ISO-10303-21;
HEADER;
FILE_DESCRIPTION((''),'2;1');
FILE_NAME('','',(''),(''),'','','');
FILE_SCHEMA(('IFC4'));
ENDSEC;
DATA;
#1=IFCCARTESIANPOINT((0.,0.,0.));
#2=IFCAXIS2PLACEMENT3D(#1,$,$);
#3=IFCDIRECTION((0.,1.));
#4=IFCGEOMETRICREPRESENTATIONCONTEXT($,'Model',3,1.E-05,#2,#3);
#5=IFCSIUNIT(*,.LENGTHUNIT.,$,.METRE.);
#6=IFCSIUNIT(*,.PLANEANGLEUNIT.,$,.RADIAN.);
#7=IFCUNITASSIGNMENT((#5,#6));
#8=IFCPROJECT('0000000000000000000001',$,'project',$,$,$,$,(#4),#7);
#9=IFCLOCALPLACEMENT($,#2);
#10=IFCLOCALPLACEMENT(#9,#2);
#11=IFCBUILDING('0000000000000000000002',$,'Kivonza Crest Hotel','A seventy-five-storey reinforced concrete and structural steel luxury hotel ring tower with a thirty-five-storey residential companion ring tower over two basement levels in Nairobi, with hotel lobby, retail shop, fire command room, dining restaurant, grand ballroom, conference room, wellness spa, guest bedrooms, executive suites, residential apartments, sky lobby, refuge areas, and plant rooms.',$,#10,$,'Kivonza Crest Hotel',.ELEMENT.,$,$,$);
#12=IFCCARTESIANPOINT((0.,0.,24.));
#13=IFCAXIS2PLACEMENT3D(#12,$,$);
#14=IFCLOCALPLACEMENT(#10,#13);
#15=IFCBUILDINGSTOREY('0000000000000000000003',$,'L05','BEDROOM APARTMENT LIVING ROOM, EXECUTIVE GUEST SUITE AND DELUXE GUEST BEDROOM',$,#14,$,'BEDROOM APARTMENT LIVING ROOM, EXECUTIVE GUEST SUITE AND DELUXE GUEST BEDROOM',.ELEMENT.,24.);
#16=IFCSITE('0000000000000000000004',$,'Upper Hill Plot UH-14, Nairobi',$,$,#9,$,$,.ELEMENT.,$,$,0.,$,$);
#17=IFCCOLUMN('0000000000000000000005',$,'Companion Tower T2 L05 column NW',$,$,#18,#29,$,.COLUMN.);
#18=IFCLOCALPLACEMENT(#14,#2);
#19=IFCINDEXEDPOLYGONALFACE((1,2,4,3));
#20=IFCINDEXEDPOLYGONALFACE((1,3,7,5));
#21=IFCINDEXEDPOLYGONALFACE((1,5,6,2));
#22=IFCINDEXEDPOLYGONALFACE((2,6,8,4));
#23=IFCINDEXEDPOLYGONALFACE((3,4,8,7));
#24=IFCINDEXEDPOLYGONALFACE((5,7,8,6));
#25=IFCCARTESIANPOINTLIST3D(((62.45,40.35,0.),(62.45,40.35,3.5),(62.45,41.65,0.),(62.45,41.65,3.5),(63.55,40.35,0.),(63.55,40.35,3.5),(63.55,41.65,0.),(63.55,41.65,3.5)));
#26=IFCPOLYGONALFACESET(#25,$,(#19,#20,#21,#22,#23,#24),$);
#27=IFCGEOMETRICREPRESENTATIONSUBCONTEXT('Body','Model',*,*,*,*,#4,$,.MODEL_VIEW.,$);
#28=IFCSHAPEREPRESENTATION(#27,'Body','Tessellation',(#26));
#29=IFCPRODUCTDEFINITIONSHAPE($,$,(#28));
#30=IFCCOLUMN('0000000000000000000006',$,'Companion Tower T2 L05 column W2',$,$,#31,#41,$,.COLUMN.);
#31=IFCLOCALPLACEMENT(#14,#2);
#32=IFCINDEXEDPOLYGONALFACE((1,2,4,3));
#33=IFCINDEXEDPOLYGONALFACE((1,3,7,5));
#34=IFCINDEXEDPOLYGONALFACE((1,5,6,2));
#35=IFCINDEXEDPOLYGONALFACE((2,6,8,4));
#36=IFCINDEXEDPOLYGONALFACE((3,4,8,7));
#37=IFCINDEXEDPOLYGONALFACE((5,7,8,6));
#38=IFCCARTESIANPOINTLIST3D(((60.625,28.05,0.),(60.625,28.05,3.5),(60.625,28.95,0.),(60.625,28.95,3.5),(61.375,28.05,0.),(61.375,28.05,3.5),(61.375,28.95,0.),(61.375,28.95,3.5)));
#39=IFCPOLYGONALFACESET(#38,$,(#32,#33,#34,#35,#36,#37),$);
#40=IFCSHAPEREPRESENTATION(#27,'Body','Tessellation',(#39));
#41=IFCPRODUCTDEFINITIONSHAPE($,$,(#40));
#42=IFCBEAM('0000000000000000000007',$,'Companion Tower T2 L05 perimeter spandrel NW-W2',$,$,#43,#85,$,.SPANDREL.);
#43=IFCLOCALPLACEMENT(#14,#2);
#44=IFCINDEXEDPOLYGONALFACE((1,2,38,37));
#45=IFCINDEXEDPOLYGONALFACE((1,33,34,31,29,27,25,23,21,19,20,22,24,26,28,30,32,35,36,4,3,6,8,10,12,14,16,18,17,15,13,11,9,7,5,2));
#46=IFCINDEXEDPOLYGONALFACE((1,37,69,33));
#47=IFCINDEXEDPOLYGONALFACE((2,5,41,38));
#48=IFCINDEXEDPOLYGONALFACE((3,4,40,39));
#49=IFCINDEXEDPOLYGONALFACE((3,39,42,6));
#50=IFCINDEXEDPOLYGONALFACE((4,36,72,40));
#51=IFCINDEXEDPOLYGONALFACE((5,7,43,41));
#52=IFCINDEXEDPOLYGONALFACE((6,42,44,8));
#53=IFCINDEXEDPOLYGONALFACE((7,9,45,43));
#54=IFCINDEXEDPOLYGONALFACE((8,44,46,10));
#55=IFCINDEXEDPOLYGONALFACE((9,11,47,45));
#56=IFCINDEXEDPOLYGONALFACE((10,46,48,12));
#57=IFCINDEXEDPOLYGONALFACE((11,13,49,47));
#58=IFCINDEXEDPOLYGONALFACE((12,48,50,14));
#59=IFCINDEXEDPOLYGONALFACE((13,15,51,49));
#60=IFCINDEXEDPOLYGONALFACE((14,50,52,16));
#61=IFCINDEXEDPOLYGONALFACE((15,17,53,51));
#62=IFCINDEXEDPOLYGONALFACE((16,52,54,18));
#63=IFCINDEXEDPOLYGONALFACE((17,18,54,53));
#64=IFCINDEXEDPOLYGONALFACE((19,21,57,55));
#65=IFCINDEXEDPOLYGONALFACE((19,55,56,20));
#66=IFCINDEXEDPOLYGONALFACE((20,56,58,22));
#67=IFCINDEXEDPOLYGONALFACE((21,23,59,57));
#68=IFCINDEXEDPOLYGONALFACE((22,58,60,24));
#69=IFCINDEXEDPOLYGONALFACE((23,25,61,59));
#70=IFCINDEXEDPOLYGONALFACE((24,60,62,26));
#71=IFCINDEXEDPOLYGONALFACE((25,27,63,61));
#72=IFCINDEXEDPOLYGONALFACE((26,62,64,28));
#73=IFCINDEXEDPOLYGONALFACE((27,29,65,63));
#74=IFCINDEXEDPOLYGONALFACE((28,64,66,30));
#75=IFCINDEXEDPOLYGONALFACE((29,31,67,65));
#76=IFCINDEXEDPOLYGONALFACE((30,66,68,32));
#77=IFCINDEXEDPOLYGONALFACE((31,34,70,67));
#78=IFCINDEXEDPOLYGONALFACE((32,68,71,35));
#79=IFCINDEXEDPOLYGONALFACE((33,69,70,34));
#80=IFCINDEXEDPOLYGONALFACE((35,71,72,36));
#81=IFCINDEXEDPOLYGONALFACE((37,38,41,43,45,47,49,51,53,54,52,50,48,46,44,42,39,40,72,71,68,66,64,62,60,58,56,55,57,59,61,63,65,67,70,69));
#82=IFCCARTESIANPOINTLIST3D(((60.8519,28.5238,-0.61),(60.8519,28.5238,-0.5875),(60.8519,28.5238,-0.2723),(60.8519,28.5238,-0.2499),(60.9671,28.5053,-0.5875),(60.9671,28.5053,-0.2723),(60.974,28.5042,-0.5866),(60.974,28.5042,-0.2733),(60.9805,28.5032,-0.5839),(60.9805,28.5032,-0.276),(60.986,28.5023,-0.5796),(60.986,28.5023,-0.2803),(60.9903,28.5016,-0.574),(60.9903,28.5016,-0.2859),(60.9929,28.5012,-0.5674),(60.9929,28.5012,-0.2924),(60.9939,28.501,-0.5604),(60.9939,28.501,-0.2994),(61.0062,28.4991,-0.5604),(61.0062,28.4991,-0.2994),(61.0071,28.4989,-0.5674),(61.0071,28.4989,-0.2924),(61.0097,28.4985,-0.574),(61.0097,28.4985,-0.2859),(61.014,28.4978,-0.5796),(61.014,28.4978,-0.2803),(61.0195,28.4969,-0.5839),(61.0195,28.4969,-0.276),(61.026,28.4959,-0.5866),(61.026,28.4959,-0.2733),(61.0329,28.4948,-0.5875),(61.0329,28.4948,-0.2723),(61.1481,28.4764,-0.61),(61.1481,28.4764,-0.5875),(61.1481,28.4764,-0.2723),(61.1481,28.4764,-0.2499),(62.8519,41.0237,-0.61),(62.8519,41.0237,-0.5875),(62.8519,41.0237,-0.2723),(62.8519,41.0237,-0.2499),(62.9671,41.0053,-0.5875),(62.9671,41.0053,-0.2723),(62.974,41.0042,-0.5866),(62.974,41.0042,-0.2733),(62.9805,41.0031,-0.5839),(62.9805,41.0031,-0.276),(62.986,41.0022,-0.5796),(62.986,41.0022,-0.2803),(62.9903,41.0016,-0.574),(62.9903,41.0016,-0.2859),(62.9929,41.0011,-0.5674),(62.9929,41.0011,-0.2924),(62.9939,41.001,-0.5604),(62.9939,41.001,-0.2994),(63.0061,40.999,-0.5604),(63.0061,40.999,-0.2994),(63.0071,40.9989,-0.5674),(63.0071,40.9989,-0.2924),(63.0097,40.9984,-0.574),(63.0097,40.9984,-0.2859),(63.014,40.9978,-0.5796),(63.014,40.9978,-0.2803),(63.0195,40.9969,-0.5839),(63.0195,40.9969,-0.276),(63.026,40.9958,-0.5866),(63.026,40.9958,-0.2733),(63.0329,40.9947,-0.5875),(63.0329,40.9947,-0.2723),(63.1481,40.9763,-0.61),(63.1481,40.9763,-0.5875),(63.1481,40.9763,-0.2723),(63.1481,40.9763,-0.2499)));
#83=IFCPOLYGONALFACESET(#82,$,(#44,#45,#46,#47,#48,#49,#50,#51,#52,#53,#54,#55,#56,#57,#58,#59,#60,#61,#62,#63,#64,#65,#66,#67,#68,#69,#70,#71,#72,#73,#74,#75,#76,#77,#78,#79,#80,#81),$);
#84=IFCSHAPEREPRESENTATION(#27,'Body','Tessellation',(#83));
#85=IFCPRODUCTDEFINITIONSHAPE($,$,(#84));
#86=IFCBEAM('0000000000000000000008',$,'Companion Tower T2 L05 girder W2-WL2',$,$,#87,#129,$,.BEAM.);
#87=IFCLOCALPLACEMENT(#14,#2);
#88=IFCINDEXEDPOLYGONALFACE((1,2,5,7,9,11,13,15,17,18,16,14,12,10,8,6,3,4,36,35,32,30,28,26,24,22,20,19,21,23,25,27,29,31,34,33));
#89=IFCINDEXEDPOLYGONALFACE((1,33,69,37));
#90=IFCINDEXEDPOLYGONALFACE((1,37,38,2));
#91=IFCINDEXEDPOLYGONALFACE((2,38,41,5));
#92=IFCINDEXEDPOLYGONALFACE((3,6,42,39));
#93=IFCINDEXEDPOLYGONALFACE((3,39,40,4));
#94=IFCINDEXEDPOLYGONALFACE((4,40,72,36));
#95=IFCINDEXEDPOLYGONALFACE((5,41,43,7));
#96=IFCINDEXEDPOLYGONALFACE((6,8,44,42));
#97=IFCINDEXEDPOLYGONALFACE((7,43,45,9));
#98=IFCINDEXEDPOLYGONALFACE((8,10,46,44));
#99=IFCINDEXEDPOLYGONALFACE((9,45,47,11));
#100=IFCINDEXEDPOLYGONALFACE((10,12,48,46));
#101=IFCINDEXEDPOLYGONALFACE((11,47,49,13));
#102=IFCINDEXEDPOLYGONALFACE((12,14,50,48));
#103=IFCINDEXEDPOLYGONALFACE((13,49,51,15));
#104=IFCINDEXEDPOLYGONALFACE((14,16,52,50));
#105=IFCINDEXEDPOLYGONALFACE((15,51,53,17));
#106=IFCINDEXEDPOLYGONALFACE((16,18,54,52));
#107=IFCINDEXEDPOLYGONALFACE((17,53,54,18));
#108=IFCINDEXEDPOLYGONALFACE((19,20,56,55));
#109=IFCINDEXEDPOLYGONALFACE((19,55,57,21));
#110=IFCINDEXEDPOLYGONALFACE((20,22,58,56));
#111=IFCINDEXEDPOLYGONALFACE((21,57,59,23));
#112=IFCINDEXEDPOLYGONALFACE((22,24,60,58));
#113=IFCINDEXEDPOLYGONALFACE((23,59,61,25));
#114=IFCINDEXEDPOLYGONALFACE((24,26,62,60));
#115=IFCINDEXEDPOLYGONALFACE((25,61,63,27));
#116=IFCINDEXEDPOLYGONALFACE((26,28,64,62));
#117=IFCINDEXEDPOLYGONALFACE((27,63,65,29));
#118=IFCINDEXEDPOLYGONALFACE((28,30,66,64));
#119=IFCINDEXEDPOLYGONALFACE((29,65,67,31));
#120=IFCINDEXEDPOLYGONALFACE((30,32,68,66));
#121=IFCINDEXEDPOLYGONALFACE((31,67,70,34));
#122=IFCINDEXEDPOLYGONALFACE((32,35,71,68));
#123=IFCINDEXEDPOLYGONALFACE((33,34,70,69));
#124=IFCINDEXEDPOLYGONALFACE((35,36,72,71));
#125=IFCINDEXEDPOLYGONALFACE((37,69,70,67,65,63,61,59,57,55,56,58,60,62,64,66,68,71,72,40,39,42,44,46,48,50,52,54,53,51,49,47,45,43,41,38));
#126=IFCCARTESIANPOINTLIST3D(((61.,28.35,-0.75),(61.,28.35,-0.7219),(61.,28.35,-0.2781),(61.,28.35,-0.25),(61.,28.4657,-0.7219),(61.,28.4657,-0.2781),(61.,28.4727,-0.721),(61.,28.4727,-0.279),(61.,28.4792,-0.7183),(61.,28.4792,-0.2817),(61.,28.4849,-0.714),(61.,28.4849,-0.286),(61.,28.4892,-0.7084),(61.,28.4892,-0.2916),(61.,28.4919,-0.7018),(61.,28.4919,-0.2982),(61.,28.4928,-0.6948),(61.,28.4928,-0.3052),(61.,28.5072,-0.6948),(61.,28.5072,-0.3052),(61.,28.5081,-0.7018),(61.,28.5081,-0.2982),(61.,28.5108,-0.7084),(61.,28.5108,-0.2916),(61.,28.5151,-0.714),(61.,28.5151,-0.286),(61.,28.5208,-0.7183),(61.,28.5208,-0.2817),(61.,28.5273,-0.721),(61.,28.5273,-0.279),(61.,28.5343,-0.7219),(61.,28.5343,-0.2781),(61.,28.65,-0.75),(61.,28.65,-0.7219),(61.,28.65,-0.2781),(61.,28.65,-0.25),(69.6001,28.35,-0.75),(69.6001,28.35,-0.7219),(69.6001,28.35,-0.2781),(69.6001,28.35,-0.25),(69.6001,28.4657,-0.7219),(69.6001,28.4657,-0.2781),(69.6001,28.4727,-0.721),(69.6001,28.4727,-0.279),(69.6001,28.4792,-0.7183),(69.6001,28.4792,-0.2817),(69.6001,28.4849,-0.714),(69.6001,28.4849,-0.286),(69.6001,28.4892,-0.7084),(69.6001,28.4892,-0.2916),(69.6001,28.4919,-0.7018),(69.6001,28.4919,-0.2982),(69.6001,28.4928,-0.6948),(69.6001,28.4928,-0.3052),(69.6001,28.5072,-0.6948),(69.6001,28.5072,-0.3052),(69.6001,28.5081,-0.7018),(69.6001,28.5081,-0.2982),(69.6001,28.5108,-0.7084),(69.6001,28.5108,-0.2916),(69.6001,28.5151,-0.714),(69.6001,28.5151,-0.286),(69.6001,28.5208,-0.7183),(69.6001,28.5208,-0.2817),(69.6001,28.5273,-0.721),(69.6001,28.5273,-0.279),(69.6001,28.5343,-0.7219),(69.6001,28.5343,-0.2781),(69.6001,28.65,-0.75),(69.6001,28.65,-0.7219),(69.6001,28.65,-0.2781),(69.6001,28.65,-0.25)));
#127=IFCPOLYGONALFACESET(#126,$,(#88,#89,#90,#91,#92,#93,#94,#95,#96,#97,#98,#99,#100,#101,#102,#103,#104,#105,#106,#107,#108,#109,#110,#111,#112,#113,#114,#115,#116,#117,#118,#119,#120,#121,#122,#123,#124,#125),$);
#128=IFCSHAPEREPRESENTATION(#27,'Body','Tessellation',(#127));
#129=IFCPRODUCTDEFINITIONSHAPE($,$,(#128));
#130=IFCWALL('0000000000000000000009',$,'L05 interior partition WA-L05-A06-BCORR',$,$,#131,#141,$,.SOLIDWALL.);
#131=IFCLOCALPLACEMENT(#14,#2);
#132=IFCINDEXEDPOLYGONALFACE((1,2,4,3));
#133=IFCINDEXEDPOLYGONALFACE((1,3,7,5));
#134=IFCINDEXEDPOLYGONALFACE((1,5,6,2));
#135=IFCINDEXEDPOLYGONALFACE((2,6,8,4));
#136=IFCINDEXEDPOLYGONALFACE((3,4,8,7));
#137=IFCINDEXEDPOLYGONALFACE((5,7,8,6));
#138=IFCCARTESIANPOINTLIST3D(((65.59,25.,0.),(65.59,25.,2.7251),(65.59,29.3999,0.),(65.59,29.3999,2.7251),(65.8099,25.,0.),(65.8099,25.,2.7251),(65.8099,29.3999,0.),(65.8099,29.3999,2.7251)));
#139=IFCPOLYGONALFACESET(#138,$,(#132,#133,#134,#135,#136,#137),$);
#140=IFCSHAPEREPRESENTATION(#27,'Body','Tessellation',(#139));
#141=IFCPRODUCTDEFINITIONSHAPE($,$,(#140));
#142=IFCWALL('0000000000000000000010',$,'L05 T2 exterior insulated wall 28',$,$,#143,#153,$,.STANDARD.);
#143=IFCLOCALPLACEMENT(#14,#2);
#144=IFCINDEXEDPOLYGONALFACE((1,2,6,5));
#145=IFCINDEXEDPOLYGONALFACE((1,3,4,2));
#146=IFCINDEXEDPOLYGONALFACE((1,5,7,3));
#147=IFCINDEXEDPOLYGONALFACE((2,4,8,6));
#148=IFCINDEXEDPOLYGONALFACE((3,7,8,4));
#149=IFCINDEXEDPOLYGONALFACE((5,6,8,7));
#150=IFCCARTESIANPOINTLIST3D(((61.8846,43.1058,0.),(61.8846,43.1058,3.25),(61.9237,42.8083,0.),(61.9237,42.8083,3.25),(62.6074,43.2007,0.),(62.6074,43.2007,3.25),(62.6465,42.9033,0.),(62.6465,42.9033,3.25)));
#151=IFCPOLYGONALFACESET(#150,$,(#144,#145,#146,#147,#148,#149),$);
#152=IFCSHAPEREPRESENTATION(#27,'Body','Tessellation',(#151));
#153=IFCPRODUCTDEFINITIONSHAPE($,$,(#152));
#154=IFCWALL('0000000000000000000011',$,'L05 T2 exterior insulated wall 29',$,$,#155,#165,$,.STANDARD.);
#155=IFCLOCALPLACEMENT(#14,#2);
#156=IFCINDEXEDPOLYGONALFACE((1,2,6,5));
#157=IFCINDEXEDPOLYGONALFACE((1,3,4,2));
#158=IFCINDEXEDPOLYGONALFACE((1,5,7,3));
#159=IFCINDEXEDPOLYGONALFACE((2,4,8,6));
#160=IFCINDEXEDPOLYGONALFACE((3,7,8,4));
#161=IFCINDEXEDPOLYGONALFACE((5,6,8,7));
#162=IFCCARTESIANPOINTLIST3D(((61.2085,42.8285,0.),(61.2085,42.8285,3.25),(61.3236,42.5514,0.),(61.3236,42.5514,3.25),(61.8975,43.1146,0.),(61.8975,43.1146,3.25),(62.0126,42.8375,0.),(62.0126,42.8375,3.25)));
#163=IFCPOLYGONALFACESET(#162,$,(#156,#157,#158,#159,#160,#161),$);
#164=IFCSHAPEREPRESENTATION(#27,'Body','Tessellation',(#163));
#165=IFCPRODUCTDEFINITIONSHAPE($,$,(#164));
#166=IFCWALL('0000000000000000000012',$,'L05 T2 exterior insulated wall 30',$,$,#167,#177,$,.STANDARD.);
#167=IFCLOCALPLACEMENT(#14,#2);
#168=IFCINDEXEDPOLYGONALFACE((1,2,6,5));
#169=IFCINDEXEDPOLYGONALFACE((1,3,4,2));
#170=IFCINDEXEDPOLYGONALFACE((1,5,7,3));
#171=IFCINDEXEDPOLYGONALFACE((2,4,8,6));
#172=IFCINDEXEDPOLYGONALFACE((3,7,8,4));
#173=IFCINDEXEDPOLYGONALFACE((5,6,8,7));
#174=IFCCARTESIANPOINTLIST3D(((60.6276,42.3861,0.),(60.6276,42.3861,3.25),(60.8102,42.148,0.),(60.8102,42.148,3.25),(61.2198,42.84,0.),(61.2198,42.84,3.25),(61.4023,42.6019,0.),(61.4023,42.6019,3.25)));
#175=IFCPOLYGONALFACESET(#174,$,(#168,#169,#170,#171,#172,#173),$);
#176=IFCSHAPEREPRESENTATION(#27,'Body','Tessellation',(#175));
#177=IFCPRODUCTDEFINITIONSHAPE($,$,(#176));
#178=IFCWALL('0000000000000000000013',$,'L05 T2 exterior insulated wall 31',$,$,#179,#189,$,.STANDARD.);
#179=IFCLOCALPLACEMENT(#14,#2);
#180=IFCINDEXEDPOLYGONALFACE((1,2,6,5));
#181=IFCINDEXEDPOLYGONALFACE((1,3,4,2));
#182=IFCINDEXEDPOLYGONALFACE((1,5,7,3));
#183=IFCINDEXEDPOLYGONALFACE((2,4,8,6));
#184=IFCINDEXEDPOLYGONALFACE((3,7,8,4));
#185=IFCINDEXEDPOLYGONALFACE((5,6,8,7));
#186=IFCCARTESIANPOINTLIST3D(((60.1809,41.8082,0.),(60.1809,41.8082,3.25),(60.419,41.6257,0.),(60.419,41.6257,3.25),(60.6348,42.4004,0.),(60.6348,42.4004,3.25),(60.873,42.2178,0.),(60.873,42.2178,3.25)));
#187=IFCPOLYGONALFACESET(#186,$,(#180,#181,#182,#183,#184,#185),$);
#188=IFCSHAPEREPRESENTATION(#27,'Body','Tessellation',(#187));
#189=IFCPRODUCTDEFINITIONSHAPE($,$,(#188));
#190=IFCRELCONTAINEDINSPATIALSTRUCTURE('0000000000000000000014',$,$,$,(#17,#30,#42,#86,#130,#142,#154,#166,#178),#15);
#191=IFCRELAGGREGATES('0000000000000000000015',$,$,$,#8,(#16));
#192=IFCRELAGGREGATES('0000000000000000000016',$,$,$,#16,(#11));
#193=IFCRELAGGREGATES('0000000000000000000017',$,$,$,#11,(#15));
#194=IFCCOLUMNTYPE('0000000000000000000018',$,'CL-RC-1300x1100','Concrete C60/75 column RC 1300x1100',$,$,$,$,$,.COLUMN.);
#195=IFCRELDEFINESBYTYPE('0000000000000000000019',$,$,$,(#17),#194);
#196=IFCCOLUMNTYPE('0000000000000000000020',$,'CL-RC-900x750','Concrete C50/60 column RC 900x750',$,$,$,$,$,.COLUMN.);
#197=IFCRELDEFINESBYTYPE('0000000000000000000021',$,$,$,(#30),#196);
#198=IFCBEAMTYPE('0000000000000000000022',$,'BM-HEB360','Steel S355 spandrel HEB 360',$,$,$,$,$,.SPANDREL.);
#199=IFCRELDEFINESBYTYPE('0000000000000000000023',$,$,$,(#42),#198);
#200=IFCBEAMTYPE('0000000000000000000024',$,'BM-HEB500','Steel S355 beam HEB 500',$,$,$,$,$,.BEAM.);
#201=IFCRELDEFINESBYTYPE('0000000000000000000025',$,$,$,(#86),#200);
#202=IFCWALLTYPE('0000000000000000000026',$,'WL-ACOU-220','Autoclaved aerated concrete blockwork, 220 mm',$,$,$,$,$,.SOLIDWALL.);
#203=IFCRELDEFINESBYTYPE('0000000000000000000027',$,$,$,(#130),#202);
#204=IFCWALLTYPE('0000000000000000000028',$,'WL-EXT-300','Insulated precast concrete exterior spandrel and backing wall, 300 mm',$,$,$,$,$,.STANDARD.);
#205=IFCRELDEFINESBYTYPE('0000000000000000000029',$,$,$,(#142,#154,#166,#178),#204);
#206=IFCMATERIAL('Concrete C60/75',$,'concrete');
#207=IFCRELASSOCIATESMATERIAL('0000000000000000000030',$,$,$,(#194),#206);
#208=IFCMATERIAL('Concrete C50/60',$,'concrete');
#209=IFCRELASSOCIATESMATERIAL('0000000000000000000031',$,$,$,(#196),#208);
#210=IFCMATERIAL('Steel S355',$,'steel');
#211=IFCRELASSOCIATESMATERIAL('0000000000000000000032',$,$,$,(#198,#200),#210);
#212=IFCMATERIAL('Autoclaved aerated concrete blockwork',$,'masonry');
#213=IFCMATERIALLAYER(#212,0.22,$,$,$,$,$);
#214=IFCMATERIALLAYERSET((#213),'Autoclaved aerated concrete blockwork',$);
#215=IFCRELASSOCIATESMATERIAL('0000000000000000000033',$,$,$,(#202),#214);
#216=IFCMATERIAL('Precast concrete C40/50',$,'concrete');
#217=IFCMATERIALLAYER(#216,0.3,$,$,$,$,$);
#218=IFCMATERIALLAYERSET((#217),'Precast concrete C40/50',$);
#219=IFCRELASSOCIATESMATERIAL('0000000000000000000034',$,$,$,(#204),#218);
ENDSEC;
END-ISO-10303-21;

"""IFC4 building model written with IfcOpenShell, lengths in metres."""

from ifc_helpers import new_model, si_unit, direction, frame, frame_2d, origin, origin_2d, place, context, subcontext, project, spatial, rectangle, i_section, extrude, material, layer, layer_set, material_profile, profile_set, type_object, element, save


model = new_model("IFC4")

# Units and contexts
model_context = context("Model", 3, precision=1e-05, world=origin(), true_north=direction((0.0, 1.0)))
body_context = subcontext(model_context, "Body", "Model", "MODEL_VIEW")
ifc_project = project(units=[si_unit("LENGTHUNIT", "METRE"), si_unit("PLANEANGLEUNIT", "RADIAN")], contexts=[model_context])

# Site, building, storey
site_placement = place(None, origin())
site = spatial("IfcSite", under=ifc_project, at=site_placement, Name="Upper Hill Plot UH-14, Nairobi", CompositionType="ELEMENT", RefElevation=0.0)
building_placement = place(site_placement, origin())
building = spatial("IfcBuilding", under=site, at=building_placement, Name="Kivonza Crest Hotel", Description="A seventy-five-storey reinforced concrete and structural steel luxury hotel ring tower with a thirty-five-storey residential companion ring tower over two basement levels in Nairobi, with hotel lobby, retail shop, fire command room, dining restaurant, grand ballroom, conference room, wellness spa, guest bedrooms, executive suites, residential apartments, sky lobby, refuge areas, and plant rooms.", LongName="Kivonza Crest Hotel", CompositionType="ELEMENT")
storey_placement = place(building_placement, frame((0.0, 0.0, 24.0)))
storey = spatial("IfcBuildingStorey", under=building, at=storey_placement, Name="L05", Description="BEDROOM APARTMENT LIVING ROOM, EXECUTIVE GUEST SUITE AND DELUXE GUEST BEDROOM", LongName="BEDROOM APARTMENT LIVING ROOM, EXECUTIVE GUEST SUITE AND DELUXE GUEST BEDROOM", CompositionType="ELEMENT", Elevation=24.0)

# Columns
ifc_material_1 = material(Name="Concrete C60/75", Category="concrete")
ifc_material_profile_1 = material_profile(ifc_material_1, rectangle(XDim=1.1001, YDim=1.3, at=origin_2d()), Name="RC 1300x1100")
ifc_profile_set_1 = profile_set([ifc_material_profile_1], Name="Concrete C60/75")
column_type_1 = type_object("IfcColumnType", Name="CL-RC-1300x1100", Description="Concrete C60/75 column RC 1300x1100", PredefinedType="COLUMN", material=ifc_profile_set_1)
column_1_placement = place(storey_placement, frame((63.0, 41.0, 0.0), z_axis=(0.0, 0.0, 1.0), x_axis=(1.0, 0.0, 0.0)))
element("IfcColumn", 1, at=column_1_placement, inside=storey, type_object=column_type_1, Name="Companion Tower T2 L05 column NW", PredefinedType="COLUMN", context=body_context, shape_type="SweptSolid", body=[
    extrude(rectangle(XDim=1.1001, YDim=1.3, at=origin_2d()), origin(), (0.0, 0.0, 1.0), 3.5),
])
ifc_material_2 = material(Name="Concrete C50/60", Category="concrete")
ifc_material_profile_2 = material_profile(ifc_material_2, rectangle(XDim=0.75, YDim=0.8999, at=origin_2d()), Name="RC 900x750")
ifc_profile_set_2 = profile_set([ifc_material_profile_2], Name="Concrete C50/60")
column_type_2 = type_object("IfcColumnType", Name="CL-RC-900x750", Description="Concrete C50/60 column RC 900x750", PredefinedType="COLUMN", material=ifc_profile_set_2)
column_2_placement = place(storey_placement, frame((61.0, 28.5, 0.0), z_axis=(0.0, 0.0, 1.0), x_axis=(1.0, 0.0, 0.0)))
element("IfcColumn", 2, at=column_2_placement, inside=storey, type_object=column_type_2, Name="Companion Tower T2 L05 column W2", PredefinedType="COLUMN", context=body_context, shape_type="SweptSolid", body=[
    extrude(rectangle(XDim=0.75, YDim=0.8999, at=origin_2d()), origin(), (0.0, 0.0, 1.0), 3.5),
])

# Beams
ifc_material_3 = material(Name="Steel S355", Category="steel")
ifc_material_profile_3 = material_profile(ifc_material_3, i_section(OverallWidth=0.3, OverallDepth=0.3601, WebThickness=0.0125, FlangeThickness=0.0225, FilletRadius=0.0271, at=origin_2d()), Name="HEB 360")
ifc_profile_set_3 = profile_set([ifc_material_profile_3], Name="Steel S355")
beam_type_1 = type_object("IfcBeamType", Name="BM-HEB360", Description="Steel S355 spandrel HEB 360", PredefinedType="SPANDREL", material=ifc_profile_set_3)
beam_1_placement = place(storey_placement, frame((63.0, 41.0, -0.4299), z_axis=(-0.157991, -0.987441, 0.0), x_axis=(0.987441, -0.157991, 0.0)))
element("IfcBeam", 3, at=beam_1_placement, inside=storey, type_object=beam_type_1, Name="Companion Tower T2 L05 perimeter spandrel NW-W2", PredefinedType="SPANDREL", context=body_context, shape_type="SweptSolid", body=[
    extrude(i_section(OverallWidth=0.3, OverallDepth=0.3601, WebThickness=0.0125, FlangeThickness=0.0225, FilletRadius=0.0271, at=origin_2d()), origin(), (0.0, 0.0, 1.0), 12.6589),
])
ifc_material_profile_4 = material_profile(ifc_material_3, i_section(OverallWidth=0.3, OverallDepth=0.5, WebThickness=0.0144, FlangeThickness=0.0281, FilletRadius=0.0271, at=origin_2d()), Name="HEB 500")
ifc_profile_set_4 = profile_set([ifc_material_profile_4], Name="Steel S355")
beam_type_2 = type_object("IfcBeamType", Name="BM-HEB500", Description="Steel S355 beam HEB 500", PredefinedType="BEAM", material=ifc_profile_set_4)
beam_2_placement = place(storey_placement, frame((61.0, 28.5, -0.5), z_axis=(1.0, 0.0, 0.0), x_axis=(0.0, 1.0, 0.0)))
element("IfcBeam", 4, at=beam_2_placement, inside=storey, type_object=beam_type_2, Name="Companion Tower T2 L05 girder W2-WL2", PredefinedType="BEAM", context=body_context, shape_type="SweptSolid", body=[
    extrude(i_section(OverallWidth=0.3, OverallDepth=0.5, WebThickness=0.0144, FlangeThickness=0.0281, FilletRadius=0.0271, at=origin_2d()), origin(), (0.0, 0.0, 1.0), 8.6001),
])

# Walls
ifc_material_4 = material(Name="Autoclaved aerated concrete blockwork", Category="masonry")
ifc_layer_1 = layer(ifc_material_4, 0.22)
ifc_layer_set_1 = layer_set([ifc_layer_1], Name="Autoclaved aerated concrete blockwork")
wall_type_1 = type_object("IfcWallType", Name="WL-ACOU-220", Description="Autoclaved aerated concrete blockwork, 220 mm", PredefinedType="SOLIDWALL", material=ifc_layer_set_1)
wall_1_placement = place(storey_placement, frame((65.7, 25.0, 0.0), z_axis=(0.0, 0.0, 1.0), x_axis=(0.0, 1.0, 0.0)))
element("IfcWall", 5, at=wall_1_placement, inside=storey, type_object=wall_type_1, Name="L05 interior partition WA-L05-A06-BCORR", PredefinedType="SOLIDWALL", context=body_context, shape_type="SweptSolid", body=[
    extrude(rectangle(XDim=4.3999, YDim=0.22, at=frame_2d((2.2, 0.0))), origin(), (0.0, 0.0, 1.0), 2.7251),
])
ifc_material_5 = material(Name="Precast concrete C40/50", Category="concrete")
ifc_layer_2 = layer(ifc_material_5, 0.3)
ifc_layer_set_2 = layer_set([ifc_layer_2], Name="Precast concrete C40/50")
wall_type_2 = type_object("IfcWallType", Name="WL-EXT-300", Description="Insulated precast concrete exterior spandrel and backing wall, 300 mm", PredefinedType="STANDARD", material=ifc_layer_set_2)
wall_2_placement = place(storey_placement, frame((62.627, 43.052, 0.0), z_axis=(0.0, 0.0, 1.0), x_axis=(-0.99148, -0.130255, 0.0)))
element("IfcWall", 6, at=wall_2_placement, inside=storey, type_object=wall_type_2, Name="L05 T2 exterior insulated wall 28", PredefinedType="STANDARD", context=body_context, shape_type="SweptSolid", body=[
    extrude(rectangle(XDim=0.729, YDim=0.3, at=frame_2d((0.3645, 0.0))), origin(), (0.0, 0.0, 1.0), 3.25),
])
for number, where, z_axis, x_axis, name in (
    (7, (61.9551, 42.9761, 0.0), (0.0, 0.0, 1.0), (-0.923522, -0.383546, 0.0), "L05 T2 exterior insulated wall 29"),
    (8, (61.311, 42.7209, 0.0), (0.0, 0.0, 1.0), (-0.793633, -0.608397, 0.0), "L05 T2 exterior insulated wall 30"),
    (9, (60.7539, 42.3091, 0.0), (0.0, 0.0, 1.0), (-0.608397, -0.793633, 0.0), "L05 T2 exterior insulated wall 31"),
):
    element("IfcWall", number, at=place(storey_placement, frame(where, z_axis=z_axis, x_axis=x_axis)), inside=storey, type_object=wall_type_2, Name=name, PredefinedType="STANDARD", context=body_context, shape_type="SweptSolid", body=[
        extrude(rectangle(XDim=0.7461, YDim=0.3, at=frame_2d((0.373, 0.0))), origin(), (0.0, 0.0, 1.0), 3.25),
    ])

save(model, "model.ifc")
